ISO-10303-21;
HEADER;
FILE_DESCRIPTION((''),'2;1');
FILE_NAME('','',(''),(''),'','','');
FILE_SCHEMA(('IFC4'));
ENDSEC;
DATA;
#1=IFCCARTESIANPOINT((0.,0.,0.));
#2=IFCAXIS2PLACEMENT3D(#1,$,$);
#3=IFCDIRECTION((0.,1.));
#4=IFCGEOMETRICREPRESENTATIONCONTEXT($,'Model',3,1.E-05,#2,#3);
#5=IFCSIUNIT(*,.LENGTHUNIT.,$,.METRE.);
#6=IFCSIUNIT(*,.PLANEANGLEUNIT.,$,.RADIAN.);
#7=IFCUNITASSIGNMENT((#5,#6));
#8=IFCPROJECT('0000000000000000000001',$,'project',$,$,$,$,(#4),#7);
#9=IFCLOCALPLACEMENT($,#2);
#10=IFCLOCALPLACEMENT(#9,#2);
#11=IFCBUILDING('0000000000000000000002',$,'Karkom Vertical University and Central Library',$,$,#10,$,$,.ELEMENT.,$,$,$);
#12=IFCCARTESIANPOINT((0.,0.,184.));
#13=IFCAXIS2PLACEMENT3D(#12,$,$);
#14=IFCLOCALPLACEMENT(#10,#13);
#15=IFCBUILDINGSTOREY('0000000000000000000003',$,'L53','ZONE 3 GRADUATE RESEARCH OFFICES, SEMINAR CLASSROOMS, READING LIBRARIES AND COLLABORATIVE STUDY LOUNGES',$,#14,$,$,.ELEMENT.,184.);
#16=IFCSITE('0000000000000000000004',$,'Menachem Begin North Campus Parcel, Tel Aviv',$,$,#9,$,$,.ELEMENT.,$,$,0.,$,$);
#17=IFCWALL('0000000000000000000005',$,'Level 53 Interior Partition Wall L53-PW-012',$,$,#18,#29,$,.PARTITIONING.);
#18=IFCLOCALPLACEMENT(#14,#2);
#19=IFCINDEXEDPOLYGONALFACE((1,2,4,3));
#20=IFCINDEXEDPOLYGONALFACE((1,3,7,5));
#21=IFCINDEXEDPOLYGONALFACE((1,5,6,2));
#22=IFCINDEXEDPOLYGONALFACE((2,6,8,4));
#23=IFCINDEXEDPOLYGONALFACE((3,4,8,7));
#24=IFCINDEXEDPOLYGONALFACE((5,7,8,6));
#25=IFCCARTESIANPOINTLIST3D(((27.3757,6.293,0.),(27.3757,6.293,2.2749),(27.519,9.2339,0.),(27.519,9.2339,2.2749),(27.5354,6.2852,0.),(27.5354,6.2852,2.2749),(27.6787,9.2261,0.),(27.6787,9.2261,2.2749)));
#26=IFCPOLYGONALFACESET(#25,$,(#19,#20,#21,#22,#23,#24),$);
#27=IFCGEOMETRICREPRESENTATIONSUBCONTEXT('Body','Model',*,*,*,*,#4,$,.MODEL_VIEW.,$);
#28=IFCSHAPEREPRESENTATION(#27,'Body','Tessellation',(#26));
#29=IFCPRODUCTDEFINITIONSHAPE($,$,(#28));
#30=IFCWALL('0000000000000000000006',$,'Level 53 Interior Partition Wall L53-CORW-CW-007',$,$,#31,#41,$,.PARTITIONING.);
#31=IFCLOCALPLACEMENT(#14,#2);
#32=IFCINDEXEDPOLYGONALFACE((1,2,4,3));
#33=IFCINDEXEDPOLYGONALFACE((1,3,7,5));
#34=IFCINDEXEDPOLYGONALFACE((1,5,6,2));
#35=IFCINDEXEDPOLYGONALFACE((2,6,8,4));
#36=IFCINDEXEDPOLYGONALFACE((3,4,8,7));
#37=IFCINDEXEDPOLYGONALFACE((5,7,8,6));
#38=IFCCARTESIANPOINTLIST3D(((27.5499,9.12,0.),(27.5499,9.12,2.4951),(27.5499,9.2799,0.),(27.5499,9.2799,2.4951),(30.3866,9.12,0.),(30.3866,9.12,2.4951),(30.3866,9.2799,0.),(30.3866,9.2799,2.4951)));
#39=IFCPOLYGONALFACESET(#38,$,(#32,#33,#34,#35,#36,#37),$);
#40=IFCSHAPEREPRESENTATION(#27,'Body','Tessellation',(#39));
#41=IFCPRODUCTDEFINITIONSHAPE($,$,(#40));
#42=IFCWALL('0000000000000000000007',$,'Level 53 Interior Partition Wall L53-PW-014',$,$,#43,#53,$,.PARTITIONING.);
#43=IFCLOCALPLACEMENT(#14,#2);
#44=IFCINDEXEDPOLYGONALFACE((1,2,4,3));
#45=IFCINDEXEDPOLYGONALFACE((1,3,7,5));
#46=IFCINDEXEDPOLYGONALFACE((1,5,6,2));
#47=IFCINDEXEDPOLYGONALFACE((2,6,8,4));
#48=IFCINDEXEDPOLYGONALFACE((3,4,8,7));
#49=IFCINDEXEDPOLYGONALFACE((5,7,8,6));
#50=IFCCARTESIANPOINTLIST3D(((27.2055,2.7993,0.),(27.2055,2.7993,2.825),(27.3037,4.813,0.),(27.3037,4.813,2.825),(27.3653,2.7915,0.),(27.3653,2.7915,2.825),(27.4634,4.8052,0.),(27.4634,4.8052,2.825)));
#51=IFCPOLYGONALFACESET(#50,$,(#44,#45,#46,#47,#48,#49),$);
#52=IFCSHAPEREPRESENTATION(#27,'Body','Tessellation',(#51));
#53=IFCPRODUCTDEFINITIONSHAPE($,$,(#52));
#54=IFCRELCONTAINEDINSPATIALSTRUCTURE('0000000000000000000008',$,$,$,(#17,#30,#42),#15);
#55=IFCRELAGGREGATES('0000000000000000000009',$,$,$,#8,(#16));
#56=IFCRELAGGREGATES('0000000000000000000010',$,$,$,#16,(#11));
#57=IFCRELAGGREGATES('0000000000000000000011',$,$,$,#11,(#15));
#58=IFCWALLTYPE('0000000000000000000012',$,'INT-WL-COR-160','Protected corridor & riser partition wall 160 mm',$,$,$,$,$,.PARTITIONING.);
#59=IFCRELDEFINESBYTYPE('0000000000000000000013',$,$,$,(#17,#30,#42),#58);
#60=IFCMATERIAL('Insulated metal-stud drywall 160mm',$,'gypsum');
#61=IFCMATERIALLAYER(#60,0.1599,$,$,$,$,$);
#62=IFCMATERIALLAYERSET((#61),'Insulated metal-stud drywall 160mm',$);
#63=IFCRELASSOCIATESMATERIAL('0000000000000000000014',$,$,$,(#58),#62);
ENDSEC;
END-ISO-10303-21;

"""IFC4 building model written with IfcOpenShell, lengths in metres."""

from ifc_helpers import new_model, si_unit, direction, frame, frame_2d, origin, place, context, subcontext, project, spatial, rectangle, extrude, material, layer, layer_set, type_object, element, save


model = new_model("IFC4")

# Units and contexts
model_context = context("Model", 3, precision=1e-05, world=origin(), true_north=direction((0.0, 1.0)))
body_context = subcontext(model_context, "Body", "Model", "MODEL_VIEW")
ifc_project = project(units=[si_unit("LENGTHUNIT", "METRE"), si_unit("PLANEANGLEUNIT", "RADIAN")], contexts=[model_context])

# Site, building, storey
site_placement = place(None, origin())
site = spatial("IfcSite", under=ifc_project, at=site_placement, Name="Menachem Begin North Campus Parcel, Tel Aviv", CompositionType="ELEMENT", RefElevation=0.0)
building_placement = place(site_placement, origin())
building = spatial("IfcBuilding", under=site, at=building_placement, Name="Karkom Vertical University and Central Library", CompositionType="ELEMENT")
storey_placement = place(building_placement, frame((0.0, 0.0, 184.0)))
storey = spatial("IfcBuildingStorey", under=building, at=storey_placement, Name="L53", Description="ZONE 3 GRADUATE RESEARCH OFFICES, SEMINAR CLASSROOMS, READING LIBRARIES AND COLLABORATIVE STUDY LOUNGES", CompositionType="ELEMENT", Elevation=184.0)

# Shared definitions
ifc_material_1 = material(Name="Insulated metal-stud drywall 160mm", Category="gypsum")
ifc_layer = layer(ifc_material_1, 0.1599)
ifc_layer_set = layer_set([ifc_layer], Name="Insulated metal-stud drywall 160mm")
wall_type = type_object("IfcWallType", Name="INT-WL-COR-160", Description="Protected corridor & riser partition wall 160 mm", PredefinedType="PARTITIONING", material=ifc_layer_set)

# Walls
wall_1_placement = place(storey_placement, frame((27.5989, 9.23, 0.0), z_axis=(0.0, 0.0, 1.0), x_axis=(-0.048672, -0.998815, 0.0)))
element("IfcWall", 1, at=wall_1_placement, inside=storey, type_object=wall_type, Name="Level 53 Interior Partition Wall L53-PW-012", PredefinedType="PARTITIONING", context=body_context, shape_type="SweptSolid", body=[
    extrude(rectangle(XDim=2.9443, YDim=0.1599, at=frame_2d((1.4722, 0.0))), origin(), (0.0, 0.0, 1.0), 2.2749),
])
wall_2_placement = place(storey_placement, frame((30.3867, 9.2, 0.0), z_axis=(0.0, 0.0, 1.0), x_axis=(-1.0, 0.0, 0.0)))
element("IfcWall", 2, at=wall_2_placement, inside=storey, type_object=wall_type, Name="Level 53 Interior Partition Wall L53-CORW-CW-007", PredefinedType="PARTITIONING", context=body_context, shape_type="SweptSolid", body=[
    extrude(rectangle(XDim=2.8367, YDim=0.1599, at=frame_2d((1.4185, 0.0))), origin(), (0.0, 0.0, 1.0), 2.4951),
])
wall_3_placement = place(storey_placement, frame((27.3835, 4.8091, 0.0), z_axis=(0.0, 0.0, 1.0), x_axis=(-0.048681, -0.998814, 0.0)))
element("IfcWall", 3, at=wall_3_placement, inside=storey, type_object=wall_type, Name="Level 53 Interior Partition Wall L53-PW-014", PredefinedType="PARTITIONING", context=body_context, shape_type="SweptSolid", body=[
    extrude(rectangle(XDim=2.0161, YDim=0.1599, at=frame_2d((1.0081, 0.0))), origin(), (0.0, 0.0, 1.0), 2.825),
])

save(model, "model.ifc")
